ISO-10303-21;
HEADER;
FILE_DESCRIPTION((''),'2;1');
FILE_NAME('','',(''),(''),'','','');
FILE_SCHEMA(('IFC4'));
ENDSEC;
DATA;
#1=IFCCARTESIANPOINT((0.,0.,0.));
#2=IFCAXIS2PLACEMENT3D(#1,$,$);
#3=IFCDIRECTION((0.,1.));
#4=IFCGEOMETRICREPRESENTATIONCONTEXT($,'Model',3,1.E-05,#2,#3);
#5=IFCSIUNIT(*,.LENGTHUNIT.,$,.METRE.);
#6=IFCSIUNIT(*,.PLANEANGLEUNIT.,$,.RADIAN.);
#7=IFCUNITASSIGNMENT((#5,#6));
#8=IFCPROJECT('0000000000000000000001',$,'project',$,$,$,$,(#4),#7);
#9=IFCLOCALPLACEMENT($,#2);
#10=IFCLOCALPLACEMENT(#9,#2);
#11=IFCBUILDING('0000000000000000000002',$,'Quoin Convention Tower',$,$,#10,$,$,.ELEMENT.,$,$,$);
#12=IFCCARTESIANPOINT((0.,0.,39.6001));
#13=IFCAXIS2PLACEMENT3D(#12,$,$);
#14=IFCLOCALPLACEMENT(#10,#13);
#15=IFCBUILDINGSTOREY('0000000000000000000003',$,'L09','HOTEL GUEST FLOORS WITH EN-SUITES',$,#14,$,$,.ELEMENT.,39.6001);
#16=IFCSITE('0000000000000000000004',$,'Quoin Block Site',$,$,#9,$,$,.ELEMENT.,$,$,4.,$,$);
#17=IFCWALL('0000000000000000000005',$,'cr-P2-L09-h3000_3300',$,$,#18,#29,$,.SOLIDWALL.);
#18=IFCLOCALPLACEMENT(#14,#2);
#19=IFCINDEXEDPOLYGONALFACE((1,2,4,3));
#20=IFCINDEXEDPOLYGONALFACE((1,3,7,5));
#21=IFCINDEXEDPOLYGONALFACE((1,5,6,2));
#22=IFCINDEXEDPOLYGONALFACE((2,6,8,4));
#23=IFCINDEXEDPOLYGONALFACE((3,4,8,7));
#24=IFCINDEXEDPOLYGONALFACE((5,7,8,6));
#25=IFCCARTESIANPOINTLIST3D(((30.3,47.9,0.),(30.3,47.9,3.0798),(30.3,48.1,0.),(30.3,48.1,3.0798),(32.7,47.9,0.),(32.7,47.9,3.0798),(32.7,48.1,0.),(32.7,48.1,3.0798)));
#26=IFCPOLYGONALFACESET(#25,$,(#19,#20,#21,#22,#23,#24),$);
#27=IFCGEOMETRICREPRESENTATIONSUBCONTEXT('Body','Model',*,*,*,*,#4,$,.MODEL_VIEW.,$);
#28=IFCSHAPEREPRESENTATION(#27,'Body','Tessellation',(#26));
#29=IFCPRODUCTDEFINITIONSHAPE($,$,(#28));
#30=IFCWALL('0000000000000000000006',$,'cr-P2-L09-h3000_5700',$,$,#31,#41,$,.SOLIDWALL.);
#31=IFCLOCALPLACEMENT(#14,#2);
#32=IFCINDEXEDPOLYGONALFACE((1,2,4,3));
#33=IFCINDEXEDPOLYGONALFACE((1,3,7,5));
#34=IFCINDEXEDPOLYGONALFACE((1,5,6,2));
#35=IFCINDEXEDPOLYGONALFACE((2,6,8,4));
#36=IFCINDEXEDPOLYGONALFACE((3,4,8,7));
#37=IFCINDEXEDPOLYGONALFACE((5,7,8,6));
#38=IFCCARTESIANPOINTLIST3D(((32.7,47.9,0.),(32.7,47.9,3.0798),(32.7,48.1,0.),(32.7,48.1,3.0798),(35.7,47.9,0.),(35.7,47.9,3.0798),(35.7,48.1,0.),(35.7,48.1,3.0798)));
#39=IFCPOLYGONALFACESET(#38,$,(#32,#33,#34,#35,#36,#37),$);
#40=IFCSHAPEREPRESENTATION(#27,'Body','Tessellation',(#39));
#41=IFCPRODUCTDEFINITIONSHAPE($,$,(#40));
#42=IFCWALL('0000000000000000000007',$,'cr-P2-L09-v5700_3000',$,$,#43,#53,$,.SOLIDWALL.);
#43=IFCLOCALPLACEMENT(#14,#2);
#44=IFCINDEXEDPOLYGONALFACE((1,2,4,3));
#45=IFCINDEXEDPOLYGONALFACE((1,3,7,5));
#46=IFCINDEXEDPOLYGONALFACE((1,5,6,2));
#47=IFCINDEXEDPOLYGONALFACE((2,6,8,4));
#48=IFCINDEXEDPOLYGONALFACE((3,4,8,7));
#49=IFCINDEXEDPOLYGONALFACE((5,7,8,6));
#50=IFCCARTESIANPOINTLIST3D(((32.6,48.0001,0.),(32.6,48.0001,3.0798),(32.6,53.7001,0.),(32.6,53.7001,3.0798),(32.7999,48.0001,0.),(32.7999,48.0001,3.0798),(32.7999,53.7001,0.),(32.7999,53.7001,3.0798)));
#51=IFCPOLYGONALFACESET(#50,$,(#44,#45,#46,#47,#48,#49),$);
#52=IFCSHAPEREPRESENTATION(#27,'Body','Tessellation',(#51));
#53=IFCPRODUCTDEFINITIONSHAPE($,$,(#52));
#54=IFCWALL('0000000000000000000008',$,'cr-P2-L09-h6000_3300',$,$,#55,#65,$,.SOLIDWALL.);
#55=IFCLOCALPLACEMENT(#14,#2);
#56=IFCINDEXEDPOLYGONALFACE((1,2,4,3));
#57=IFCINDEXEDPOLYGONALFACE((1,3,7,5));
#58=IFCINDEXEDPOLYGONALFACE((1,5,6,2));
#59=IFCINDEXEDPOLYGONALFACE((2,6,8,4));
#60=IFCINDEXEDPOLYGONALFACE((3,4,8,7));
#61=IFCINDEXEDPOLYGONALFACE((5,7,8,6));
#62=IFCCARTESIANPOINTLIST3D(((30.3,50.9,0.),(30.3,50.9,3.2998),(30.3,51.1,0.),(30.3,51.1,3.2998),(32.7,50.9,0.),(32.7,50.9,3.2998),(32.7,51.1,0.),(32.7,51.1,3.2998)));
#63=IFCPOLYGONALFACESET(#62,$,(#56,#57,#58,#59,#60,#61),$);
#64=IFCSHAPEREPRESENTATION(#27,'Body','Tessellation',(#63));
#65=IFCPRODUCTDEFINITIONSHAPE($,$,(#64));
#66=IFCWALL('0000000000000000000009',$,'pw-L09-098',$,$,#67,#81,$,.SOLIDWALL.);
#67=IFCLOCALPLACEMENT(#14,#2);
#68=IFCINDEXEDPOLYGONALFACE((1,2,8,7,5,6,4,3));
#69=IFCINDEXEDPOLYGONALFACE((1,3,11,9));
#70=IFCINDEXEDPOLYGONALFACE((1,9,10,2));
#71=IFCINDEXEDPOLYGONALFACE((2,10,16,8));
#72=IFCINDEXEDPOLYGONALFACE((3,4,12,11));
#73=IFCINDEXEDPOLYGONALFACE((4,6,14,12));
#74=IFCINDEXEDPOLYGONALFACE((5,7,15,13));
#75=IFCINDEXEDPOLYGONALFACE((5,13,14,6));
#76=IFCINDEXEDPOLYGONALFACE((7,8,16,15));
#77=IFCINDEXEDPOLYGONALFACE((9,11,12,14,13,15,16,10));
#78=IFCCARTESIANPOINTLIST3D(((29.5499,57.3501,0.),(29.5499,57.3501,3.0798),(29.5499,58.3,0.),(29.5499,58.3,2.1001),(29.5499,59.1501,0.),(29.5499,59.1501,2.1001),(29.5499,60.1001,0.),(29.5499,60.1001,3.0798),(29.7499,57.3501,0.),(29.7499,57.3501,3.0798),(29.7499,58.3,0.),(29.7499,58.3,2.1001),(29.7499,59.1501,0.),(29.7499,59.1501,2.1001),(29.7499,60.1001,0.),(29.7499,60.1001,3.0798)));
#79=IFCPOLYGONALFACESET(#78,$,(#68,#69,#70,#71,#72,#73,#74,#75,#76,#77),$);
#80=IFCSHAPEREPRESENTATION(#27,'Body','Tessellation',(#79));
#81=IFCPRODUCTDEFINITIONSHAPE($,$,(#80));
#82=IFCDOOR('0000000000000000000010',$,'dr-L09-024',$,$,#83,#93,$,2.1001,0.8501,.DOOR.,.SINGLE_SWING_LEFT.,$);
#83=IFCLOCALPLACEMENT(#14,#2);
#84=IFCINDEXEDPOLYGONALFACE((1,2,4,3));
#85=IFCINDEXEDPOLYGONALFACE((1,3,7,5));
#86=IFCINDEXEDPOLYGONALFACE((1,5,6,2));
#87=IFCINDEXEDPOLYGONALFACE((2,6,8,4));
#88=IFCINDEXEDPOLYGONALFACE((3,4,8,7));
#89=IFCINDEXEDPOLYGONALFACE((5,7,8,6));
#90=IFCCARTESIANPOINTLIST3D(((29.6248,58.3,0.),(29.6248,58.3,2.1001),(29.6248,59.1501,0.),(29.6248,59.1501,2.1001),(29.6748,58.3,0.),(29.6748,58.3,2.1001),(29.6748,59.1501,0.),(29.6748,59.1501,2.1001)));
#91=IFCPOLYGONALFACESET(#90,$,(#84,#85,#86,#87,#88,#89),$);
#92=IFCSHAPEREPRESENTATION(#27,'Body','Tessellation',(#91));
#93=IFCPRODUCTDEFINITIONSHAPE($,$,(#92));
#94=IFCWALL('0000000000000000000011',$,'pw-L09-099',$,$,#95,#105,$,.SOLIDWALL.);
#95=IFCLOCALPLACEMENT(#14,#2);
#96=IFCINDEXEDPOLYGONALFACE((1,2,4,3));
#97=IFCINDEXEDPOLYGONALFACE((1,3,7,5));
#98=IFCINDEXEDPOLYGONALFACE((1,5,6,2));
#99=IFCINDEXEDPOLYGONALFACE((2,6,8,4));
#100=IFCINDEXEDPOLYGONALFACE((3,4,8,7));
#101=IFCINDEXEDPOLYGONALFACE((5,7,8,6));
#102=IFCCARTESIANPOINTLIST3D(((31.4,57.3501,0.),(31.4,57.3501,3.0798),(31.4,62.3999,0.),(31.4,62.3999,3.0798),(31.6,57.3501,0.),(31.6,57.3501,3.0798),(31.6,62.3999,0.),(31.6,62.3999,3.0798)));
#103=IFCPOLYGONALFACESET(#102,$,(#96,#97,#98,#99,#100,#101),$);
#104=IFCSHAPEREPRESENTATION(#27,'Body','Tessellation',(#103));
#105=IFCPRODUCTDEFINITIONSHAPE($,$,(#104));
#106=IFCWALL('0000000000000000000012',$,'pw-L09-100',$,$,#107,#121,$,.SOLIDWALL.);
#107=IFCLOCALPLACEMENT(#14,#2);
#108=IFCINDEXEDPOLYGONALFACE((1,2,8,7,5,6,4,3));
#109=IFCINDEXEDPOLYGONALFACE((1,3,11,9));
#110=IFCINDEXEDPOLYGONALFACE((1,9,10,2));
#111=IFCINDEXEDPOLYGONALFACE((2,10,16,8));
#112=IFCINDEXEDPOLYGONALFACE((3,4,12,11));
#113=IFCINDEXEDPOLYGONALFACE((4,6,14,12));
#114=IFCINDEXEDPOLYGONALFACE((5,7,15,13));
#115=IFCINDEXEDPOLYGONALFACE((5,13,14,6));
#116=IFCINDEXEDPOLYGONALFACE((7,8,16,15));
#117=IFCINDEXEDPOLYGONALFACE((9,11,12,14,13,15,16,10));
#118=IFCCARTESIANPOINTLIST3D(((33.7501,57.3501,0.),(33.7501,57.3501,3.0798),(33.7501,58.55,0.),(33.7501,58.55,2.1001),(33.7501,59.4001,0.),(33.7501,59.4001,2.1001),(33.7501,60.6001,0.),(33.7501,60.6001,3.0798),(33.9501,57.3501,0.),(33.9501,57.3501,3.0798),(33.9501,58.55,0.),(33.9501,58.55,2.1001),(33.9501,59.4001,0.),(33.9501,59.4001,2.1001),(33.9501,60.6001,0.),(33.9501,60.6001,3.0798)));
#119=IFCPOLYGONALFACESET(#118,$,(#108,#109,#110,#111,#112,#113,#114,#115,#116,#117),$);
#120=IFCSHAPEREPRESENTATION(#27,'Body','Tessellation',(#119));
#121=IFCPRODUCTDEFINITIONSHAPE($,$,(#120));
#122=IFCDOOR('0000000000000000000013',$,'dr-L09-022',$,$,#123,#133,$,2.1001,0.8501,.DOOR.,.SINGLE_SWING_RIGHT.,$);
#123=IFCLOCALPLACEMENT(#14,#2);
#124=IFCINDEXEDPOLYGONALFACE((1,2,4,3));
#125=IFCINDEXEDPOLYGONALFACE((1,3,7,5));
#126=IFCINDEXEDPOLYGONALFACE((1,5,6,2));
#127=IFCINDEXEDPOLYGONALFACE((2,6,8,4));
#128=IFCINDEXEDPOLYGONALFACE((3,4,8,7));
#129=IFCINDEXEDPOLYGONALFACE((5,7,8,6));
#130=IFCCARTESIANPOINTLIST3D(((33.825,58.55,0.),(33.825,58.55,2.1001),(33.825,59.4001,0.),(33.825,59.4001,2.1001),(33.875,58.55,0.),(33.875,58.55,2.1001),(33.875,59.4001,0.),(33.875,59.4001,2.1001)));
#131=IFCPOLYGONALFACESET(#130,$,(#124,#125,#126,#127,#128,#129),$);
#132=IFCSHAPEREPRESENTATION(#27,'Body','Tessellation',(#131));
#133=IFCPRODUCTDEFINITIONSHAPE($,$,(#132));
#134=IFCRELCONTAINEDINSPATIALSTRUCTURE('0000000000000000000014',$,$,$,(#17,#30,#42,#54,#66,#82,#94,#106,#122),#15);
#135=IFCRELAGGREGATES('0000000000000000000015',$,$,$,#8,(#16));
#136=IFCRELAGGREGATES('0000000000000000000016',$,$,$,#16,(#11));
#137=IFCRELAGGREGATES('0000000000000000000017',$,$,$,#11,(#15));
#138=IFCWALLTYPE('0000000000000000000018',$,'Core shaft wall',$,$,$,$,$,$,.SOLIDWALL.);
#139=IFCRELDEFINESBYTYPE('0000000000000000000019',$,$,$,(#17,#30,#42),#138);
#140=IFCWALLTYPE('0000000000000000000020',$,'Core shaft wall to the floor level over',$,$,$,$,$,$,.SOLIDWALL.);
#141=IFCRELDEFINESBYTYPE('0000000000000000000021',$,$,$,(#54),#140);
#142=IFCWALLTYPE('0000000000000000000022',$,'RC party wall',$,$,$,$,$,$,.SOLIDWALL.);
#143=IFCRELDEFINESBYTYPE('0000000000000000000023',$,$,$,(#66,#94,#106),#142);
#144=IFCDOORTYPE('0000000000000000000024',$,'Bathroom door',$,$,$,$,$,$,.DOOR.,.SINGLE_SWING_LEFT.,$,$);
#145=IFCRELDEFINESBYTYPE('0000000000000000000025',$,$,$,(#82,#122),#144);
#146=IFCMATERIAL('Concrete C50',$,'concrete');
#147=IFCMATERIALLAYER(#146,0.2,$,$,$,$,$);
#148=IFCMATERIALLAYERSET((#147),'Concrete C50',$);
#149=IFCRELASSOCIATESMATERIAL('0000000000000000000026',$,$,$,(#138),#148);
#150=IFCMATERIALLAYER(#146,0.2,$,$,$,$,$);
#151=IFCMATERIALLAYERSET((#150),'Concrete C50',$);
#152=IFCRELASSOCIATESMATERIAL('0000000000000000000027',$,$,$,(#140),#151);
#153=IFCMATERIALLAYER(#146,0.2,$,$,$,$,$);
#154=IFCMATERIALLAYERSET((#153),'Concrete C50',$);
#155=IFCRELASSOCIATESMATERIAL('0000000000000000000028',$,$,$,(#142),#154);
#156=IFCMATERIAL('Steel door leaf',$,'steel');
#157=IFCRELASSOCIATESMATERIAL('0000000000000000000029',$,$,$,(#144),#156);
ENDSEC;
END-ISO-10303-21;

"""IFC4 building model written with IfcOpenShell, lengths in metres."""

from ifc_helpers import new_model, si_unit, direction, frame, frame_2d, origin, place, context, subcontext, project, spatial, rectangle, extrude, material, layer, layer_set, type_object, element, fill, save


model = new_model("IFC4")

# Units and contexts
model_context = context("Model", 3, precision=1e-05, world=origin(), true_north=direction((0.0, 1.0)))
body_context = subcontext(model_context, "Body", "Model", "MODEL_VIEW")
ifc_project = project(units=[si_unit("LENGTHUNIT", "METRE"), si_unit("PLANEANGLEUNIT", "RADIAN")], contexts=[model_context])

# Site, building, storey
site_placement = place(None, origin())
site = spatial("IfcSite", under=ifc_project, at=site_placement, Name="Quoin Block Site", CompositionType="ELEMENT", RefElevation=4.0)
building_placement = place(site_placement, origin())
building = spatial("IfcBuilding", under=site, at=building_placement, Name="Quoin Convention Tower", CompositionType="ELEMENT")
storey_placement = place(building_placement, frame((0.0, 0.0, 39.6001)))
storey = spatial("IfcBuildingStorey", under=building, at=storey_placement, Name="L09", Description="HOTEL GUEST FLOORS WITH EN-SUITES", CompositionType="ELEMENT", Elevation=39.6001)

# Walls
ifc_material_1 = material(Name="Concrete C50", Category="concrete")
ifc_layer_1 = layer(ifc_material_1, 0.2)
ifc_layer_set_1 = layer_set([ifc_layer_1], Name="Concrete C50")
wall_type_1 = type_object("IfcWallType", Name="Core shaft wall", PredefinedType="SOLIDWALL", material=ifc_layer_set_1)
wall_1_placement = place(storey_placement, frame((30.3, 48.0, 0.0), z_axis=(0.0, 0.0, 1.0), x_axis=(1.0, 0.0, 0.0)))
element("IfcWall", 1, at=wall_1_placement, inside=storey, type_object=wall_type_1, Name="cr-P2-L09-h3000_3300", PredefinedType="SOLIDWALL", context=body_context, shape_type="SweptSolid", body=[
    extrude(rectangle(XDim=2.3999, YDim=0.2, at=frame_2d((1.2, 0.0))), origin(), (0.0, 0.0, 1.0), 3.0798),
])
wall_2_placement = place(storey_placement, frame((32.7, 48.0, 0.0), z_axis=(0.0, 0.0, 1.0), x_axis=(1.0, 0.0, 0.0)))
element("IfcWall", 2, at=wall_2_placement, inside=storey, type_object=wall_type_1, Name="cr-P2-L09-h3000_5700", PredefinedType="SOLIDWALL", context=body_context, shape_type="SweptSolid", body=[
    extrude(rectangle(XDim=3.0, YDim=0.2, at=frame_2d((1.5, 0.0))), origin(), (0.0, 0.0, 1.0), 3.0798),
])
wall_3_placement = place(storey_placement, frame((32.7, 48.0, 0.0), z_axis=(0.0, 0.0, 1.0), x_axis=(0.0, 1.0, 0.0)))
element("IfcWall", 3, at=wall_3_placement, inside=storey, type_object=wall_type_1, Name="cr-P2-L09-v5700_3000", PredefinedType="SOLIDWALL", context=body_context, shape_type="SweptSolid", body=[
    extrude(rectangle(XDim=5.7, YDim=0.2, at=frame_2d((2.8501, 0.0))), origin(), (0.0, 0.0, 1.0), 3.0798),
])
ifc_layer_2 = layer(ifc_material_1, 0.2)
ifc_layer_set_2 = layer_set([ifc_layer_2], Name="Concrete C50")
wall_type_2 = type_object("IfcWallType", Name="Core shaft wall to the floor level over", PredefinedType="SOLIDWALL", material=ifc_layer_set_2)
wall_4_placement = place(storey_placement, frame((30.3, 51.0, 0.0), z_axis=(0.0, 0.0, 1.0), x_axis=(1.0, 0.0, 0.0)))
element("IfcWall", 4, at=wall_4_placement, inside=storey, type_object=wall_type_2, Name="cr-P2-L09-h6000_3300", PredefinedType="SOLIDWALL", context=body_context, shape_type="SweptSolid", body=[
    extrude(rectangle(XDim=2.3999, YDim=0.2, at=frame_2d((1.2, 0.0))), origin(), (0.0, 0.0, 1.0), 3.2998),
])

# Wall, opening, door
ifc_layer_3 = layer(ifc_material_1, 0.2)
ifc_layer_set_3 = layer_set([ifc_layer_3], Name="Concrete C50")
wall_type_3 = type_object("IfcWallType", Name="RC party wall", PredefinedType="SOLIDWALL", material=ifc_layer_set_3)
wall_5_placement = place(storey_placement, frame((29.6499, 57.3501, 0.0), z_axis=(0.0, 0.0, 1.0), x_axis=(0.0, 1.0, 0.0)))
wall_5 = element("IfcWall", 5, at=wall_5_placement, inside=storey, type_object=wall_type_3, Name="pw-L09-098", PredefinedType="SOLIDWALL", context=body_context, shape_type="SweptSolid", body=[
    extrude(rectangle(XDim=2.75, YDim=0.2, at=frame_2d((1.375, 0.0))), origin(), (0.0, 0.0, 1.0), 3.0798),
])
opening_1_placement = place(wall_5_placement, frame((0.95, 0.0, 0.0)))
opening_1 = element("IfcOpeningElement", 6, at=opening_1_placement, cuts=wall_5, PredefinedType="OPENING", context=body_context, shape_type="SweptSolid", body=[
    extrude(rectangle(XDim=0.8501, YDim=2.1001, at=frame_2d((0.425, 1.05))), frame((0.0, 0.1099, 0.0), z_axis=(0.0, -1.0, 0.0), x_axis=(1.0, 0.0, 0.0)), (0.0, 0.0, 1.0), 0.22),
])
ifc_material_2 = material(Name="Steel door leaf", Category="steel")
door_type_1 = type_object("IfcDoorType", Name="Bathroom door", OperationType="SINGLE_SWING_LEFT", PredefinedType="DOOR", material=ifc_material_2)
door_1_placement = place(opening_1_placement, frame((0.8501, 0.0, 0.0), z_axis=(0.0, 0.0, 1.0), x_axis=(-1.0, 0.0, 0.0)))
door_1 = element("IfcDoor", 7, at=door_1_placement, inside=storey, type_object=door_type_1, Name="dr-L09-024", OperationType="SINGLE_SWING_LEFT", OverallHeight=2.1001, OverallWidth=0.8501, PredefinedType="DOOR", context=body_context, shape_type="SweptSolid", body=[
    extrude(rectangle(XDim=0.8501, YDim=2.1001, at=frame_2d((0.425, 1.05))), frame((0.0, 0.0249, 0.0), z_axis=(0.0, -1.0, 0.0), x_axis=(1.0, 0.0, 0.0)), (0.0, 0.0, 1.0), 0.05),
])
fill(opening_1, door_1)

# Wall
wall_6_placement = place(storey_placement, frame((31.5, 57.3501, 0.0), z_axis=(0.0, 0.0, 1.0), x_axis=(0.0, 1.0, 0.0)))
element("IfcWall", 8, at=wall_6_placement, inside=storey, type_object=wall_type_3, Name="pw-L09-099", PredefinedType="SOLIDWALL", context=body_context, shape_type="SweptSolid", body=[
    extrude(rectangle(XDim=5.0498, YDim=0.2, at=frame_2d((2.5249, 0.0))), origin(), (0.0, 0.0, 1.0), 3.0798),
])

# Wall, opening, door
wall_7_placement = place(storey_placement, frame((33.8501, 57.3501, 0.0), z_axis=(0.0, 0.0, 1.0), x_axis=(0.0, 1.0, 0.0)))
wall_7 = element("IfcWall", 9, at=wall_7_placement, inside=storey, type_object=wall_type_3, Name="pw-L09-100", PredefinedType="SOLIDWALL", context=body_context, shape_type="SweptSolid", body=[
    extrude(rectangle(XDim=3.25, YDim=0.2, at=frame_2d((1.625, 0.0))), origin(), (0.0, 0.0, 1.0), 3.0798),
])
opening_2_placement = place(wall_7_placement, frame((1.2, 0.0, 0.0)))
opening_2 = element("IfcOpeningElement", 10, at=opening_2_placement, cuts=wall_7, PredefinedType="OPENING", context=body_context, shape_type="SweptSolid", body=[
    extrude(rectangle(XDim=0.8501, YDim=2.1001, at=frame_2d((0.425, 1.05))), frame((0.0, 0.1099, 0.0), z_axis=(0.0, -1.0, 0.0), x_axis=(1.0, 0.0, 0.0)), (0.0, 0.0, 1.0), 0.22),
])
door_2_placement = place(opening_2_placement, frame((0.8501, 0.0, 0.0), z_axis=(0.0, 0.0, 1.0), x_axis=(-1.0, 0.0, 0.0)))
door_2 = element("IfcDoor", 11, at=door_2_placement, inside=storey, type_object=door_type_1, Name="dr-L09-022", OperationType="SINGLE_SWING_RIGHT", OverallHeight=2.1001, OverallWidth=0.8501, PredefinedType="DOOR", context=body_context, shape_type="SweptSolid", body=[
    extrude(rectangle(XDim=0.8501, YDim=2.1001, at=frame_2d((0.425, 1.05))), frame((0.0, 0.0249, 0.0), z_axis=(0.0, -1.0, 0.0), x_axis=(1.0, 0.0, 0.0)), (0.0, 0.0, 1.0), 0.05),
])
fill(opening_2, door_2)

save(model, "model.ifc")
